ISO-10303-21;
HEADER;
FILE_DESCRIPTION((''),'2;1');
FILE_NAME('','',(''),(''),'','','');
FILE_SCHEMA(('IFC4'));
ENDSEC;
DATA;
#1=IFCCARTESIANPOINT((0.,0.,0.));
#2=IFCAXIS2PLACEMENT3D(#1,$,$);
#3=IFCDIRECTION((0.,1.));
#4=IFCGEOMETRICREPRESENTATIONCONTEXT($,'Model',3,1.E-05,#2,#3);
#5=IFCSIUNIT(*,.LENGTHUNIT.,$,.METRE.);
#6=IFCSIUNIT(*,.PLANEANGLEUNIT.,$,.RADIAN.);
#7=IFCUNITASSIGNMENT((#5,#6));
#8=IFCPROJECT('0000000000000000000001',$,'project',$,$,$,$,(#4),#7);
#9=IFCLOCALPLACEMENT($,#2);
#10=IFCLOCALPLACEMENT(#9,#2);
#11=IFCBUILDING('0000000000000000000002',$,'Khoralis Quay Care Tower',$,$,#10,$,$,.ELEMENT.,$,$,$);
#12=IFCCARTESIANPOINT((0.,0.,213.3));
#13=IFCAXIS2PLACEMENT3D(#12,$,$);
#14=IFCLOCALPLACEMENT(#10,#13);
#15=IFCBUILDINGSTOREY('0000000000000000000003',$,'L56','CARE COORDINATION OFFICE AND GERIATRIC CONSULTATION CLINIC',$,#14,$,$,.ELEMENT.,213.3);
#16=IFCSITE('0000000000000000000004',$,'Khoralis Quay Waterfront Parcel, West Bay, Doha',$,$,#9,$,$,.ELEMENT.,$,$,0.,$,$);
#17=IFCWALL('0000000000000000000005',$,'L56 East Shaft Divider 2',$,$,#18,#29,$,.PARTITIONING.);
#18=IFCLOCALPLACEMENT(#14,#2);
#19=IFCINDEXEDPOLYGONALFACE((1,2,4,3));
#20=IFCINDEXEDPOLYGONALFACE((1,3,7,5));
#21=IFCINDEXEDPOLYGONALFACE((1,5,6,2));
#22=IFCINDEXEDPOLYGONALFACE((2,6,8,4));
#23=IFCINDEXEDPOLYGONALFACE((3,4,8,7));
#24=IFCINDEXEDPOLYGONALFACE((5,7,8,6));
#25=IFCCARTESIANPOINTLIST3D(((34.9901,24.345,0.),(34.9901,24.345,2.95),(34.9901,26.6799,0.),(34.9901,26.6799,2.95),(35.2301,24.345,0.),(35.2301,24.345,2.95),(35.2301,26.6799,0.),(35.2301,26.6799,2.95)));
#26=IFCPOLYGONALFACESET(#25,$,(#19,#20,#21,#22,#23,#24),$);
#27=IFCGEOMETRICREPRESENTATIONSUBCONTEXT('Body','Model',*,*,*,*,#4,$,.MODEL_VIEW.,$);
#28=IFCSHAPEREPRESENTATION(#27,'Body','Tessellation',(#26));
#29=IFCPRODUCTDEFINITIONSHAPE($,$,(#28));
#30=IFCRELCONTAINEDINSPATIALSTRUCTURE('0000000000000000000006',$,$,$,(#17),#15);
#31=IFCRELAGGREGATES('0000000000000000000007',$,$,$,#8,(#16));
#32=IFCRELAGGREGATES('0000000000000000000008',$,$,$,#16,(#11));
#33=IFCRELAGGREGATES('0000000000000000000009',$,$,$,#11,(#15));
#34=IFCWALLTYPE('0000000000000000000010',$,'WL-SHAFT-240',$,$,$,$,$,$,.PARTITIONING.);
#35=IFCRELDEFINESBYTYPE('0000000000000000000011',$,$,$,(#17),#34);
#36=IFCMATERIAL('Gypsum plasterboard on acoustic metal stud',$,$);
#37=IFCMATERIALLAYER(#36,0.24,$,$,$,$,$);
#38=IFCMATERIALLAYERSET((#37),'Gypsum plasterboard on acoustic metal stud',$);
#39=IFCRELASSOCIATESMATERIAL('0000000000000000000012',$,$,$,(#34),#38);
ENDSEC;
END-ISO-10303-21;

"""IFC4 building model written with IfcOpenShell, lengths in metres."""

from ifc_helpers import new_model, si_unit, direction, frame, frame_2d, origin, place, context, subcontext, project, spatial, rectangle, extrude, material, layer, layer_set, type_object, element, save


model = new_model("IFC4")

# Units and contexts
model_context = context("Model", 3, precision=1e-05, world=origin(), true_north=direction((0.0, 1.0)))
body_context = subcontext(model_context, "Body", "Model", "MODEL_VIEW")
ifc_project = project(units=[si_unit("LENGTHUNIT", "METRE"), si_unit("PLANEANGLEUNIT", "RADIAN")], contexts=[model_context])

# Site, building, storey
site_placement = place(None, origin())
site = spatial("IfcSite", under=ifc_project, at=site_placement, Name="Khoralis Quay Waterfront Parcel, West Bay, Doha", CompositionType="ELEMENT", RefElevation=0.0)
building_placement = place(site_placement, origin())
building = spatial("IfcBuilding", under=site, at=building_placement, Name="Khoralis Quay Care Tower", CompositionType="ELEMENT")
storey_placement = place(building_placement, frame((0.0, 0.0, 213.3)))
storey = spatial("IfcBuildingStorey", under=building, at=storey_placement, Name="L56", Description="CARE COORDINATION OFFICE AND GERIATRIC CONSULTATION CLINIC", CompositionType="ELEMENT", Elevation=213.3)

# Wall
ifc_material_1 = material(Name="Gypsum plasterboard on acoustic metal stud")
ifc_layer_1 = layer(ifc_material_1, 0.24)
ifc_layer_set_1 = layer_set([ifc_layer_1], Name="Gypsum plasterboard on acoustic metal stud")
wall_type_1 = type_object("IfcWallType", Name="WL-SHAFT-240", PredefinedType="PARTITIONING", material=ifc_layer_set_1)
wall_1_placement = place(storey_placement, frame((35.1101, 24.345, 0.0), z_axis=(0.0, 0.0, 1.0), x_axis=(0.0, 1.0, 0.0)))
element("IfcWall", 1, at=wall_1_placement, inside=storey, type_object=wall_type_1, Name="L56 East Shaft Divider 2", PredefinedType="PARTITIONING", context=body_context, shape_type="SweptSolid", body=[
    extrude(rectangle(XDim=2.335, YDim=0.24, at=frame_2d((1.1675, 0.0))), origin(), (0.0, 0.0, 1.0), 2.95),
])

save(model, "model.ifc")
